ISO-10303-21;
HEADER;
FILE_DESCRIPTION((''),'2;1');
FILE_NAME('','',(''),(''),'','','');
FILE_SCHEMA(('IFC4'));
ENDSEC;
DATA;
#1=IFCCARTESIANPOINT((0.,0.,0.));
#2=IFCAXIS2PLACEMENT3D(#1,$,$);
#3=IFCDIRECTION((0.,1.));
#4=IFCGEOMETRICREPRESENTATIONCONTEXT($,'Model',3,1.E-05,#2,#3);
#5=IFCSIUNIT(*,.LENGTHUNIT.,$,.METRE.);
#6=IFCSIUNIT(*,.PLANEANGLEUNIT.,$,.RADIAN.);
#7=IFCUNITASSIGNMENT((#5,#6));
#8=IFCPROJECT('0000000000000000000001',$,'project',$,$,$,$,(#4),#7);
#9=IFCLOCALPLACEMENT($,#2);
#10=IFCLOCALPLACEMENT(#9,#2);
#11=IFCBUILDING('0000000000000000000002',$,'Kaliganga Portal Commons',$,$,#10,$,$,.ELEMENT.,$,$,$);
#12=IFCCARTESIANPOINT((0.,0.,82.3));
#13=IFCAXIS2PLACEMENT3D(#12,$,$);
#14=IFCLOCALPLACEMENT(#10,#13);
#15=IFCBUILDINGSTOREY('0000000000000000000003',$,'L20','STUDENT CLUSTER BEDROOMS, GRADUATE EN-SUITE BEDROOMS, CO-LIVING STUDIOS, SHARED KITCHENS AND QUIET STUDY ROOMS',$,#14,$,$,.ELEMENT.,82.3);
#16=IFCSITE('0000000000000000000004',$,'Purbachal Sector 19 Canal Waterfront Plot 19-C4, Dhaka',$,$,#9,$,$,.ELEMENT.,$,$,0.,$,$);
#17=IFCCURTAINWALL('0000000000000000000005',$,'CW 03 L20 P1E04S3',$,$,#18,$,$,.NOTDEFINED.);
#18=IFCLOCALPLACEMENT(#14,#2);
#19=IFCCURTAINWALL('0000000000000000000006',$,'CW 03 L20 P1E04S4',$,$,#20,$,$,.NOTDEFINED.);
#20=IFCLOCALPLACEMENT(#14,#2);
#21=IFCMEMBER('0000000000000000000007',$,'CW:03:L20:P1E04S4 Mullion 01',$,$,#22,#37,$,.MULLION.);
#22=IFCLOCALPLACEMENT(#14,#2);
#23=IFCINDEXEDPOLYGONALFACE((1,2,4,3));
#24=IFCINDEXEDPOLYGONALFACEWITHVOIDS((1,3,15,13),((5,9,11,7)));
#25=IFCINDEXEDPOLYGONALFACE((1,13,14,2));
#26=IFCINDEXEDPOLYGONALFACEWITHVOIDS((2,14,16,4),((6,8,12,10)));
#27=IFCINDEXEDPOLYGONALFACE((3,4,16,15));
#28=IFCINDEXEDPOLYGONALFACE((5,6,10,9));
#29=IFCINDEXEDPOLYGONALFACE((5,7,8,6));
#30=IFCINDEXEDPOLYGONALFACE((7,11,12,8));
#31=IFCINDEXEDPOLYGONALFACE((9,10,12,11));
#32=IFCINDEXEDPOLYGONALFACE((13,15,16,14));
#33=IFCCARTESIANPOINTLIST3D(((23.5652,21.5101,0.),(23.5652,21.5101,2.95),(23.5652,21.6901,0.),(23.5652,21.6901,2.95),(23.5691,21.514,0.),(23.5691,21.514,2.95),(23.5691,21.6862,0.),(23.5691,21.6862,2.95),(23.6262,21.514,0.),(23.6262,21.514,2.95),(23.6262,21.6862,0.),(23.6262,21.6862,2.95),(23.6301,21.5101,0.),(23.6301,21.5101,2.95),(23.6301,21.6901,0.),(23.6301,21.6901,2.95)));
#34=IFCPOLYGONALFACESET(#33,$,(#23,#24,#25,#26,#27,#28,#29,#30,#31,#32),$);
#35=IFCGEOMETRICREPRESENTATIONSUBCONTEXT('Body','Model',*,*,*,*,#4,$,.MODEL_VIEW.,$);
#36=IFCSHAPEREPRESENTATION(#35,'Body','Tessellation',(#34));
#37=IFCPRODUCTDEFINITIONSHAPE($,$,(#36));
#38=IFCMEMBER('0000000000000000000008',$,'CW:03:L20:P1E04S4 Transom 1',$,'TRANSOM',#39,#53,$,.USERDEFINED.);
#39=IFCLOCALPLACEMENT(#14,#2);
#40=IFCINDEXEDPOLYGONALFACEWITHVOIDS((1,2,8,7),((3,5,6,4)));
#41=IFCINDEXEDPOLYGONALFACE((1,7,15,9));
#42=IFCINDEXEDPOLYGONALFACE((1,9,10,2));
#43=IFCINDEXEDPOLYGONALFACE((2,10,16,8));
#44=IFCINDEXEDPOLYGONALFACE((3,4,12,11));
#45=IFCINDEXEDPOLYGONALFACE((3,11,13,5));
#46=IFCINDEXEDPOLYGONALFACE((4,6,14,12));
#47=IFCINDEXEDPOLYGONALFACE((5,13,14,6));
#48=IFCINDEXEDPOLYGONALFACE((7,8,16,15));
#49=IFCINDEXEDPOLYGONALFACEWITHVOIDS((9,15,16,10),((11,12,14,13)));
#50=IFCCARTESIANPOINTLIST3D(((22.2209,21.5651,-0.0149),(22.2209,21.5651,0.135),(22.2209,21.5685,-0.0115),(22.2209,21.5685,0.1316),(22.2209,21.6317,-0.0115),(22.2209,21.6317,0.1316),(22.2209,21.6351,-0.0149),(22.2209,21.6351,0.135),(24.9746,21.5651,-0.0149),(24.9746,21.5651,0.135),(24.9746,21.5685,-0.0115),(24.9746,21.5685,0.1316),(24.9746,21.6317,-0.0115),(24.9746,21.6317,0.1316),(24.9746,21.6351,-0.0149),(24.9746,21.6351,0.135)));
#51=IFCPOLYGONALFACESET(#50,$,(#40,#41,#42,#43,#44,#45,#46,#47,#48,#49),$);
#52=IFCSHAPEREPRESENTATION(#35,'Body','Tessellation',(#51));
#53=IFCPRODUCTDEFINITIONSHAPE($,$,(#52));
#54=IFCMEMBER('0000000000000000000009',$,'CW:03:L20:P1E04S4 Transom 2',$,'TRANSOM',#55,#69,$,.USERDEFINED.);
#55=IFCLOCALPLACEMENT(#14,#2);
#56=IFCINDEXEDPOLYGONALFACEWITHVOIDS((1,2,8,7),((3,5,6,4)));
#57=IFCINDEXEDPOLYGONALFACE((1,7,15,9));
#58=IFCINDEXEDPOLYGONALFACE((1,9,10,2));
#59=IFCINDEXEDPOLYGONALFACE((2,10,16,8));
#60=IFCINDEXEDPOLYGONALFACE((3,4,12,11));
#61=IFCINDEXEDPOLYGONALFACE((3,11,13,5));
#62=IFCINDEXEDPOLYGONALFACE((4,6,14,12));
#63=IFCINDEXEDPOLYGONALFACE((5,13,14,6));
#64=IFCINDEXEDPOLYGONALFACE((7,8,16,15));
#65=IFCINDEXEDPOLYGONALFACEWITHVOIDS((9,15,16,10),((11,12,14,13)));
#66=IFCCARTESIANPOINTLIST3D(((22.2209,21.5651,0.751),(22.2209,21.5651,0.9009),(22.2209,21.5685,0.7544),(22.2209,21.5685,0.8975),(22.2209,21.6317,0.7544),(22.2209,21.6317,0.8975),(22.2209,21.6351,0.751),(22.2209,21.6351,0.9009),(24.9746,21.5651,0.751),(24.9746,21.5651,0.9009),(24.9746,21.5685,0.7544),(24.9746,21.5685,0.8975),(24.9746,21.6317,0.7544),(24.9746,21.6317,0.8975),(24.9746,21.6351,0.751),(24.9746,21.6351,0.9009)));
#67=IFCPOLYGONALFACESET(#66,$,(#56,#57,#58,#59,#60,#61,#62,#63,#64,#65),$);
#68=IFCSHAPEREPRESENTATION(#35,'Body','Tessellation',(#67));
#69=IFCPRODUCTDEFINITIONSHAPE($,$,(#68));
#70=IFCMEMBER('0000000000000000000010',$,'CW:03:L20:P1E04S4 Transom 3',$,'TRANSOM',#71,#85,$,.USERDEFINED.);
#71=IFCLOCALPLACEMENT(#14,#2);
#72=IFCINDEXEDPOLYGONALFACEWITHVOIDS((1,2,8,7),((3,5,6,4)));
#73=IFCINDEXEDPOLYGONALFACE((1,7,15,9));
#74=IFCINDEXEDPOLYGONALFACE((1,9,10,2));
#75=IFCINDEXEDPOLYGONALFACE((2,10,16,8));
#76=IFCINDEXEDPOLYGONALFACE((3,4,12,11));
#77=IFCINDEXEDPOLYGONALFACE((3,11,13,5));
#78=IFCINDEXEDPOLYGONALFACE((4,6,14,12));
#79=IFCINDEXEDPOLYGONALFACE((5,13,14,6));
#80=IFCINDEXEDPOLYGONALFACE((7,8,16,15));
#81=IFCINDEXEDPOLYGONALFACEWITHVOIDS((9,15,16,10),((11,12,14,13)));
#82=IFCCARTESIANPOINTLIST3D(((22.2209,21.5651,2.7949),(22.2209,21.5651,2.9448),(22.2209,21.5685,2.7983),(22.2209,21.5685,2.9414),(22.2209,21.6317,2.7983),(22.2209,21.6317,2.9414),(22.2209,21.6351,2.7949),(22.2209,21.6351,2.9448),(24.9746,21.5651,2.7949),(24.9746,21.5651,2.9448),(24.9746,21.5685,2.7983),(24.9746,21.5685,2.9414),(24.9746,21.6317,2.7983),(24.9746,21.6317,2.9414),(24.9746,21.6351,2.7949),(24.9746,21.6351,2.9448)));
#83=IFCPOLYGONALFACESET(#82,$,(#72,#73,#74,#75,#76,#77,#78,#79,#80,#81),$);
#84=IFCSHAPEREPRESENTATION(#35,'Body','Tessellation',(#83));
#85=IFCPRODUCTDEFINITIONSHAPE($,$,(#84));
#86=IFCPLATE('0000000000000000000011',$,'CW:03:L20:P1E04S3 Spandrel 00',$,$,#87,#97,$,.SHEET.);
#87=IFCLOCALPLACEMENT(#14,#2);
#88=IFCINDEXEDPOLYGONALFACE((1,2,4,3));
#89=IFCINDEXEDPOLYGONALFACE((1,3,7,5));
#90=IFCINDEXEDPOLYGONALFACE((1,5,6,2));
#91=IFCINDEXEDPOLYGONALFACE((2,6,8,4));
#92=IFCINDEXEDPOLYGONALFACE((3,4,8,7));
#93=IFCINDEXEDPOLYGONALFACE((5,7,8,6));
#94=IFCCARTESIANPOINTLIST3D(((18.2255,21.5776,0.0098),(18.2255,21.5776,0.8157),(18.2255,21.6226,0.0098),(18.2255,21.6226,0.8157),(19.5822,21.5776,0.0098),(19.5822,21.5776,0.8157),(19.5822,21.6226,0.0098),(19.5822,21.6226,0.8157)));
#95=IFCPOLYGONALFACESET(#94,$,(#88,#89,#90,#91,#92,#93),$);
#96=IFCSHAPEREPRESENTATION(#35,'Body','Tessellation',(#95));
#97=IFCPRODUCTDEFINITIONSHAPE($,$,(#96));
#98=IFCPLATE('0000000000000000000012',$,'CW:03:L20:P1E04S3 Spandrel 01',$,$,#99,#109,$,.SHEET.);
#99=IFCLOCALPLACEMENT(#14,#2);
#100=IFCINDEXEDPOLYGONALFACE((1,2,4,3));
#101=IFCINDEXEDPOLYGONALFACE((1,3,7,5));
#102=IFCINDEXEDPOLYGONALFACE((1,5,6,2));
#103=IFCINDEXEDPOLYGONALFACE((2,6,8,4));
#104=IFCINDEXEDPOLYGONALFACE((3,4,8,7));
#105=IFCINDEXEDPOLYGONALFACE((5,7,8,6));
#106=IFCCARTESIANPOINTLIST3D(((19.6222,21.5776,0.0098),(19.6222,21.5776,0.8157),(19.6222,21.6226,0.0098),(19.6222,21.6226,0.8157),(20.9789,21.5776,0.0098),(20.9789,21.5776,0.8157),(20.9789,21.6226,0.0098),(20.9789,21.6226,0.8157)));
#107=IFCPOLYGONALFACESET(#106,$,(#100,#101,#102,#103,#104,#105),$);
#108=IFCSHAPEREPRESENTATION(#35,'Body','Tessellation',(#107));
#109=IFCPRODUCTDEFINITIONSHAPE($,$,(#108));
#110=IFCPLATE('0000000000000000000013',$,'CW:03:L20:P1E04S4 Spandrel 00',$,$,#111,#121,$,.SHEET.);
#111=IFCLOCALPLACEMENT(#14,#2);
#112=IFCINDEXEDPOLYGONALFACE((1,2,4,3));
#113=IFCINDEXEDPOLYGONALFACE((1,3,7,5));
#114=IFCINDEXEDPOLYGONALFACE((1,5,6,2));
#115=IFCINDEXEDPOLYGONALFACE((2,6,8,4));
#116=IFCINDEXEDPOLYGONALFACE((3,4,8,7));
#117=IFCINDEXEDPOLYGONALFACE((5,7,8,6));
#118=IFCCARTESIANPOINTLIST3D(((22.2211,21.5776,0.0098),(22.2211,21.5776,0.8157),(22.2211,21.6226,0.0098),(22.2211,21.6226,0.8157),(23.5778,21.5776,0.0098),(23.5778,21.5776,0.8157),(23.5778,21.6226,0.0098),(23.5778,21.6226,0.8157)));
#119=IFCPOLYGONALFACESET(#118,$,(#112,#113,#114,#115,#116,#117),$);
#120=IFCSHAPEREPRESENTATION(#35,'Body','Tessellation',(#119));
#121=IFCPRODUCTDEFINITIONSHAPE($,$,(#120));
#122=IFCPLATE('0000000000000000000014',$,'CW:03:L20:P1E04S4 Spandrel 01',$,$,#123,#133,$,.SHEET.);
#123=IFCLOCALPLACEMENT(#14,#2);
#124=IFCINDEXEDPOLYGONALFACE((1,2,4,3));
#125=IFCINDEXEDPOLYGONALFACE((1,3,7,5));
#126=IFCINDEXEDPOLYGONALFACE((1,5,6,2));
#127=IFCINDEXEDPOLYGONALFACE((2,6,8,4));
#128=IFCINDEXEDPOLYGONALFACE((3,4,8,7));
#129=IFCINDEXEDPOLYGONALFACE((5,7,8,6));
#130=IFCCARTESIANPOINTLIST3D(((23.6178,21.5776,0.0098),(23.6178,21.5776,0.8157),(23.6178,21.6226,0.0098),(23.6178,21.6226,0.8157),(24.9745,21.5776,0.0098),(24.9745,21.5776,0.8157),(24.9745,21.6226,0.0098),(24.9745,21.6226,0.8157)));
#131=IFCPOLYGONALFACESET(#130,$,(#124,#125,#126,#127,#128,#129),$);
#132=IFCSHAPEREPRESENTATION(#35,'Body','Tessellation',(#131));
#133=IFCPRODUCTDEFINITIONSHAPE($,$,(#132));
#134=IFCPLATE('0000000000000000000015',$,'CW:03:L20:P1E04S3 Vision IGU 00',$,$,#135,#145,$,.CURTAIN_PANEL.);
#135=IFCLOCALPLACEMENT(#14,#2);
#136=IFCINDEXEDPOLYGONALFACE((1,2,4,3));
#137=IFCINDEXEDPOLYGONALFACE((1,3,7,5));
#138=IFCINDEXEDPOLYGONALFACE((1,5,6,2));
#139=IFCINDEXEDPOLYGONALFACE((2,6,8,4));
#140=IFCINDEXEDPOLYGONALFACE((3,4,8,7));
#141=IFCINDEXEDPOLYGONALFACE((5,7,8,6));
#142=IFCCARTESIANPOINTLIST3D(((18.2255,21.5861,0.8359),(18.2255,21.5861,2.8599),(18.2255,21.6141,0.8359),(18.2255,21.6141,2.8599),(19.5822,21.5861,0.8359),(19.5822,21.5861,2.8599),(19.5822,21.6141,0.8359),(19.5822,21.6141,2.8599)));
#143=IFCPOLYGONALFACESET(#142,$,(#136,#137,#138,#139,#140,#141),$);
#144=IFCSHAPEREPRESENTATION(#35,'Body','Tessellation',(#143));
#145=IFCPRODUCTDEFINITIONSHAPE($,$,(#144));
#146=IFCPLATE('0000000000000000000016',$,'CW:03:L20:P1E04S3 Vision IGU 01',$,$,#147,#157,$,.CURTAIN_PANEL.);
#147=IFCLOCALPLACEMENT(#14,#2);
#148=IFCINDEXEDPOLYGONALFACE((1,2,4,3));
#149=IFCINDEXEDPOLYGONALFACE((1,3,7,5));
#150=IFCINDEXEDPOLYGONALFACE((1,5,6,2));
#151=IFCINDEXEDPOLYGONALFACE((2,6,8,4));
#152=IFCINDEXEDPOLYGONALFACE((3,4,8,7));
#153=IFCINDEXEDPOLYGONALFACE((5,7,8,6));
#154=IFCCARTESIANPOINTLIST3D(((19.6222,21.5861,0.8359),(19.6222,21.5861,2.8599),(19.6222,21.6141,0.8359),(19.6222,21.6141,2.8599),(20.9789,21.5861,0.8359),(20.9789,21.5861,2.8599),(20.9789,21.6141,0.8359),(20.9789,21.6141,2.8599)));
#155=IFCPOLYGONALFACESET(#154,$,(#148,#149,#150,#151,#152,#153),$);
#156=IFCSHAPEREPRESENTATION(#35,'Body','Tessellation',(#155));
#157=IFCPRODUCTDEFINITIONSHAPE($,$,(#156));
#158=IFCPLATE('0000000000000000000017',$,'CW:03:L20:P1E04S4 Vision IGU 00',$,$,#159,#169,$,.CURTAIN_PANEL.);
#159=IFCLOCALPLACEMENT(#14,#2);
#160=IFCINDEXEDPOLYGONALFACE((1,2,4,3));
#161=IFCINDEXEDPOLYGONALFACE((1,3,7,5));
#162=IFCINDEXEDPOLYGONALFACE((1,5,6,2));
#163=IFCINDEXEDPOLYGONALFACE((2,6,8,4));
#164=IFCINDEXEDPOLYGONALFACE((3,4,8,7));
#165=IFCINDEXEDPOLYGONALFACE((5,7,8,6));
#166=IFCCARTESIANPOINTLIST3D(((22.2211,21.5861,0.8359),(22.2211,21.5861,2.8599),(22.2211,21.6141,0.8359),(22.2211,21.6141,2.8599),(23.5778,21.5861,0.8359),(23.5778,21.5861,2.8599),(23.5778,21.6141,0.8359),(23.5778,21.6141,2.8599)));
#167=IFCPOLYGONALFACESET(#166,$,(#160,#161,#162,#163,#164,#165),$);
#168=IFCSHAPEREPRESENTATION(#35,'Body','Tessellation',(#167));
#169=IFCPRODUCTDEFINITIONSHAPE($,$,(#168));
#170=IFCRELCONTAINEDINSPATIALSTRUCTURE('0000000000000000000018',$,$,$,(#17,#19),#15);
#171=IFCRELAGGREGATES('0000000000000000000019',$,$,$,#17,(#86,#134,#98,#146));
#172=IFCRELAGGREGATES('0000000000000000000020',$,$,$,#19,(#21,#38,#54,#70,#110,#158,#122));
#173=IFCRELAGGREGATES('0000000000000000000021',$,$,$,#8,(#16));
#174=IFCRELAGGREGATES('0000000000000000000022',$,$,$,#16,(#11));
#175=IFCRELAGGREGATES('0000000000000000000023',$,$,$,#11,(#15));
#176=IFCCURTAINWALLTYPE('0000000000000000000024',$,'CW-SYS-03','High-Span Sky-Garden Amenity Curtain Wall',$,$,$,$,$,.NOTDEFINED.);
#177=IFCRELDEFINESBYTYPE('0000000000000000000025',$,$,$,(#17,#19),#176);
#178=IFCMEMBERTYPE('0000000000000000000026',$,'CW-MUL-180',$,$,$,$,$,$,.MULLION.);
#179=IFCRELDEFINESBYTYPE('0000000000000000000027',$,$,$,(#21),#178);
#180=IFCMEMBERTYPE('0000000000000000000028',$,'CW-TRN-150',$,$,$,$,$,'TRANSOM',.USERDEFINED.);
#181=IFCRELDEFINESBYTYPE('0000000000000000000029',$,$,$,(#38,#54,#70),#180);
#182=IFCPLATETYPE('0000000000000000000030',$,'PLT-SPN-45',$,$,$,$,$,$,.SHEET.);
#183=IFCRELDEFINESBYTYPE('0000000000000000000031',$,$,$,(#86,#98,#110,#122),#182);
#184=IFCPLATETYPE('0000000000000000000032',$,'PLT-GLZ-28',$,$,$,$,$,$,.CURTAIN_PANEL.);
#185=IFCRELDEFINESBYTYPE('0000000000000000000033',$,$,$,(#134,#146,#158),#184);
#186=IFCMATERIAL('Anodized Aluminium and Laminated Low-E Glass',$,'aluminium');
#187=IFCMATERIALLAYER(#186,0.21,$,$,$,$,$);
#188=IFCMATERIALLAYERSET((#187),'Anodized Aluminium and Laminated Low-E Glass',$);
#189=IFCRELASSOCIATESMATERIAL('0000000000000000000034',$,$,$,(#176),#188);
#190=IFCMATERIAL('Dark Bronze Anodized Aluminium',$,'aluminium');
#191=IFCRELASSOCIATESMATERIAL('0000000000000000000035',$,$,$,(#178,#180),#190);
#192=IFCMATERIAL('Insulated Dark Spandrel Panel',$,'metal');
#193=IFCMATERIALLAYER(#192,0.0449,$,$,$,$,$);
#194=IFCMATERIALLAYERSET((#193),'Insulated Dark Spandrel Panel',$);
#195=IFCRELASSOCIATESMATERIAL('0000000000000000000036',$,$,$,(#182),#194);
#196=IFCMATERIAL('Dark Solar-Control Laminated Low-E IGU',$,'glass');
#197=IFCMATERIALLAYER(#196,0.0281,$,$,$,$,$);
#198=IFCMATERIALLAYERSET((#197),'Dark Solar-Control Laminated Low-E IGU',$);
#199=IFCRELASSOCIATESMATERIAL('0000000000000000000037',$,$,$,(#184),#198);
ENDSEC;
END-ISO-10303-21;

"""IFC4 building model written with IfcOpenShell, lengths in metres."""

from ifc_helpers import new_model, si_unit, direction, frame, origin, origin_2d, place, context, subcontext, project, spatial, rectangle, hollow_rectangle, extrude, source, transform, mapped, material, layer, layer_set, material_profile, profile_set, type_object, element, aggregate, save


model = new_model("IFC4")

# Units and contexts
model_context = context("Model", 3, precision=1e-05, world=origin(), true_north=direction((0.0, 1.0)))
body_context = subcontext(model_context, "Body", "Model", "MODEL_VIEW")
ifc_project = project(units=[si_unit("LENGTHUNIT", "METRE"), si_unit("PLANEANGLEUNIT", "RADIAN")], contexts=[model_context])

# Site, building, storey
site_placement = place(None, origin())
site = spatial("IfcSite", under=ifc_project, at=site_placement, Name="Purbachal Sector 19 Canal Waterfront Plot 19-C4, Dhaka", CompositionType="ELEMENT", RefElevation=0.0)
building_placement = place(site_placement, origin())
building = spatial("IfcBuilding", under=site, at=building_placement, Name="Kaliganga Portal Commons", CompositionType="ELEMENT")
storey_placement = place(building_placement, frame((0.0, 0.0, 82.3)))
storey = spatial("IfcBuildingStorey", under=building, at=storey_placement, Name="L20", Description="STUDENT CLUSTER BEDROOMS, GRADUATE EN-SUITE BEDROOMS, CO-LIVING STUDIOS, SHARED KITCHENS AND QUIET STUDY ROOMS", CompositionType="ELEMENT", Elevation=82.3)

# Curtain walls, members
ifc_material_1 = material(Name="Anodized Aluminium and Laminated Low-E Glass", Category="aluminium")
ifc_layer_1 = layer(ifc_material_1, 0.21)
ifc_layer_set_1 = layer_set([ifc_layer_1], Name="Anodized Aluminium and Laminated Low-E Glass")
curtain_wall_type = type_object("IfcCurtainWallType", Name="CW-SYS-03", Description="High-Span Sky-Garden Amenity Curtain Wall", PredefinedType="NOTDEFINED", material=ifc_layer_set_1)
curtain_wall_1_placement = place(storey_placement, origin())
curtain_wall_1 = element("IfcCurtainWall", 1, at=curtain_wall_1_placement, inside=storey, type_object=curtain_wall_type, Name="CW 03 L20 P1E04S3", PredefinedType="NOTDEFINED")
ifc_material_2 = material(Name="Dark Bronze Anodized Aluminium", Category="aluminium")
ifc_material_profile_1 = material_profile(ifc_material_2, hollow_rectangle(XDim=0.0649, YDim=0.1799, WallThickness=0.0039, at=origin_2d()), Name="ALU MULL 65x180x4")
ifc_profile_set_1 = profile_set([ifc_material_profile_1], Name="Dark Bronze Anodized Aluminium")
member_type_1 = type_object("IfcMemberType", Name="CW-MUL-180", PredefinedType="MULLION", material=ifc_profile_set_1)
shared_shape_1 = source(origin(), body_context, "Body", "SweptSolid", [
    extrude(hollow_rectangle(XDim=0.0649, YDim=0.1799, WallThickness=0.0039, at=origin_2d()), origin(), (0.0, 0.0, 1.0), 2.95),
])
curtain_wall_2_placement = place(storey_placement, origin())
curtain_wall_2 = element("IfcCurtainWall", 2, at=curtain_wall_2_placement, inside=storey, type_object=curtain_wall_type, Name="CW 03 L20 P1E04S4", PredefinedType="NOTDEFINED")
member_1_placement = place(storey_placement, frame((23.5977, 21.6001, 0.0), z_axis=(0.0, 0.0, 1.0), x_axis=(1.0, 0.0, 0.0)))
member_1 = element("IfcMember", 3, at=member_1_placement, type_object=member_type_1, Name="CW:03:L20:P1E04S4 Mullion 01", PredefinedType="MULLION", context=body_context, shape_type="MappedRepresentation", body=[
    mapped(shared_shape_1, transform((0.0, 0.0, 0.0), x_axis=(1.0, 0.0, 0.0), y_axis=(0.0, 1.0, 0.0), z_axis=(0.0, 0.0, 1.0), scale=1.0)),
])
ifc_material_profile_2 = material_profile(ifc_material_2, hollow_rectangle(XDim=0.0701, YDim=0.1499, WallThickness=0.0034, at=origin_2d()), Name="ALU TRAN 70x150x3.5")
ifc_profile_set_2 = profile_set([ifc_material_profile_2], Name="Dark Bronze Anodized Aluminium")
member_type_2 = type_object("IfcMemberType", Name="CW-TRN-150", ElementType="TRANSOM", PredefinedType="USERDEFINED", material=ifc_profile_set_2)
shared_shape_2 = source(origin(), body_context, "Body", "SweptSolid", [
    extrude(hollow_rectangle(XDim=0.0701, YDim=0.1499, WallThickness=0.0034, at=origin_2d()), origin(), (0.0, 0.0, 1.0), 2.7537),
])
member_2_placement = place(storey_placement, frame((22.2209, 21.6001, 0.0601), z_axis=(1.0, 0.0, 0.0), x_axis=(0.0, 1.0, 0.0)))
member_2 = element("IfcMember", 4, at=member_2_placement, type_object=member_type_2, Name="CW:03:L20:P1E04S4 Transom 1", ObjectType="TRANSOM", PredefinedType="USERDEFINED", context=body_context, shape_type="MappedRepresentation", body=[
    mapped(shared_shape_2, transform((0.0, 0.0, 0.0), x_axis=(1.0, 0.0, 0.0), y_axis=(0.0, 1.0, 0.0), z_axis=(0.0, 0.0, 1.0), scale=1.0)),
])
member_3_placement = place(storey_placement, frame((22.2209, 21.6001, 0.8259), z_axis=(1.0, 0.0, 0.0), x_axis=(0.0, 1.0, 0.0)))
member_3 = element("IfcMember", 5, at=member_3_placement, type_object=member_type_2, Name="CW:03:L20:P1E04S4 Transom 2", ObjectType="TRANSOM", PredefinedType="USERDEFINED", context=body_context, shape_type="MappedRepresentation", body=[
    mapped(shared_shape_2, transform((0.0, 0.0, 0.0), x_axis=(1.0, 0.0, 0.0), y_axis=(0.0, 1.0, 0.0), z_axis=(0.0, 0.0, 1.0), scale=1.0)),
])
member_4_placement = place(storey_placement, frame((22.2209, 21.6001, 2.8699), z_axis=(1.0, 0.0, 0.0), x_axis=(0.0, 1.0, 0.0)))
member_4 = element("IfcMember", 6, at=member_4_placement, type_object=member_type_2, Name="CW:03:L20:P1E04S4 Transom 3", ObjectType="TRANSOM", PredefinedType="USERDEFINED", context=body_context, shape_type="MappedRepresentation", body=[
    mapped(shared_shape_2, transform((0.0, 0.0, 0.0), x_axis=(1.0, 0.0, 0.0), y_axis=(0.0, 1.0, 0.0), z_axis=(0.0, 0.0, 1.0), scale=1.0)),
])

# Plates
ifc_material_3 = material(Name="Insulated Dark Spandrel Panel", Category="metal")
ifc_layer_2 = layer(ifc_material_3, 0.0449)
ifc_layer_set_2 = layer_set([ifc_layer_2], Name="Insulated Dark Spandrel Panel")
plate_type_1 = type_object("IfcPlateType", Name="PLT-SPN-45", PredefinedType="SHEET", material=ifc_layer_set_2)
shared_shape_3 = source(origin(), body_context, "Body", "SweptSolid", [
    extrude(rectangle(XDim=1.3567, YDim=0.0449, at=origin_2d()), origin(), (0.0, 0.0, 1.0), 0.8059),
])
plate_1_placement = place(storey_placement, frame((18.9038, 21.6001, 0.0098), z_axis=(0.0, 0.0, 1.0), x_axis=(1.0, 0.0, 0.0)))
plate_1 = element("IfcPlate", 7, at=plate_1_placement, type_object=plate_type_1, Name="CW:03:L20:P1E04S3 Spandrel 00", PredefinedType="SHEET", context=body_context, shape_type="MappedRepresentation", body=[
    mapped(shared_shape_3, transform((0.0, 0.0, 0.0), x_axis=(1.0, 0.0, 0.0), y_axis=(0.0, 1.0, 0.0), z_axis=(0.0, 0.0, 1.0), scale=1.0)),
])
plate_2_placement = place(storey_placement, frame((20.3005, 21.6001, 0.0098), z_axis=(0.0, 0.0, 1.0), x_axis=(1.0, 0.0, 0.0)))
plate_2 = element("IfcPlate", 8, at=plate_2_placement, type_object=plate_type_1, Name="CW:03:L20:P1E04S3 Spandrel 01", PredefinedType="SHEET", context=body_context, shape_type="MappedRepresentation", body=[
    mapped(shared_shape_3, transform((0.0, 0.0, 0.0), x_axis=(1.0, 0.0, 0.0), y_axis=(0.0, 1.0, 0.0), z_axis=(0.0, 0.0, 1.0), scale=1.0)),
])
plate_3_placement = place(storey_placement, frame((22.8994, 21.6001, 0.0098), z_axis=(0.0, 0.0, 1.0), x_axis=(1.0, 0.0, 0.0)))
plate_3 = element("IfcPlate", 9, at=plate_3_placement, type_object=plate_type_1, Name="CW:03:L20:P1E04S4 Spandrel 00", PredefinedType="SHEET", context=body_context, shape_type="MappedRepresentation", body=[
    mapped(shared_shape_3, transform((0.0, 0.0, 0.0), x_axis=(1.0, 0.0, 0.0), y_axis=(0.0, 1.0, 0.0), z_axis=(0.0, 0.0, 1.0), scale=1.0)),
])
plate_4_placement = place(storey_placement, frame((24.2961, 21.6001, 0.0098), z_axis=(0.0, 0.0, 1.0), x_axis=(1.0, 0.0, 0.0)))
plate_4 = element("IfcPlate", 10, at=plate_4_placement, type_object=plate_type_1, Name="CW:03:L20:P1E04S4 Spandrel 01", PredefinedType="SHEET", context=body_context, shape_type="MappedRepresentation", body=[
    mapped(shared_shape_3, transform((0.0, 0.0, 0.0), x_axis=(1.0, 0.0, 0.0), y_axis=(0.0, 1.0, 0.0), z_axis=(0.0, 0.0, 1.0), scale=1.0)),
])
ifc_material_4 = material(Name="Dark Solar-Control Laminated Low-E IGU", Category="glass")
ifc_layer_3 = layer(ifc_material_4, 0.0281)
ifc_layer_set_3 = layer_set([ifc_layer_3], Name="Dark Solar-Control Laminated Low-E IGU")
plate_type_2 = type_object("IfcPlateType", Name="PLT-GLZ-28", PredefinedType="CURTAIN_PANEL", material=ifc_layer_set_3)
shared_shape_4 = source(origin(), body_context, "Body", "SweptSolid", [
    extrude(rectangle(XDim=1.3567, YDim=0.0281, at=origin_2d()), origin(), (0.0, 0.0, 1.0), 2.0239),
])
plate_5_placement = place(storey_placement, frame((18.9038, 21.6001, 0.8359), z_axis=(0.0, 0.0, 1.0), x_axis=(1.0, 0.0, 0.0)))
plate_5 = element("IfcPlate", 11, at=plate_5_placement, type_object=plate_type_2, Name="CW:03:L20:P1E04S3 Vision IGU 00", PredefinedType="CURTAIN_PANEL", context=body_context, shape_type="MappedRepresentation", body=[
    mapped(shared_shape_4, transform((0.0, 0.0, 0.0), x_axis=(1.0, 0.0, 0.0), y_axis=(0.0, 1.0, 0.0), z_axis=(0.0, 0.0, 1.0), scale=1.0)),
])
plate_6_placement = place(storey_placement, frame((20.3005, 21.6001, 0.8359), z_axis=(0.0, 0.0, 1.0), x_axis=(1.0, 0.0, 0.0)))
plate_6 = element("IfcPlate", 12, at=plate_6_placement, type_object=plate_type_2, Name="CW:03:L20:P1E04S3 Vision IGU 01", PredefinedType="CURTAIN_PANEL", context=body_context, shape_type="MappedRepresentation", body=[
    mapped(shared_shape_4, transform((0.0, 0.0, 0.0), x_axis=(1.0, 0.0, 0.0), y_axis=(0.0, 1.0, 0.0), z_axis=(0.0, 0.0, 1.0), scale=1.0)),
])
aggregate(curtain_wall_1, [plate_1, plate_5, plate_2, plate_6])
plate_7_placement = place(storey_placement, frame((22.8994, 21.6001, 0.8359), z_axis=(0.0, 0.0, 1.0), x_axis=(1.0, 0.0, 0.0)))
plate_7 = element("IfcPlate", 13, at=plate_7_placement, type_object=plate_type_2, Name="CW:03:L20:P1E04S4 Vision IGU 00", PredefinedType="CURTAIN_PANEL", context=body_context, shape_type="MappedRepresentation", body=[
    mapped(shared_shape_4, transform((0.0, 0.0, 0.0), x_axis=(1.0, 0.0, 0.0), y_axis=(0.0, 1.0, 0.0), z_axis=(0.0, 0.0, 1.0), scale=1.0)),
])
aggregate(curtain_wall_2, [member_1, member_2, member_3, member_4, plate_3, plate_7, plate_4])

save(model, "model.ifc")
